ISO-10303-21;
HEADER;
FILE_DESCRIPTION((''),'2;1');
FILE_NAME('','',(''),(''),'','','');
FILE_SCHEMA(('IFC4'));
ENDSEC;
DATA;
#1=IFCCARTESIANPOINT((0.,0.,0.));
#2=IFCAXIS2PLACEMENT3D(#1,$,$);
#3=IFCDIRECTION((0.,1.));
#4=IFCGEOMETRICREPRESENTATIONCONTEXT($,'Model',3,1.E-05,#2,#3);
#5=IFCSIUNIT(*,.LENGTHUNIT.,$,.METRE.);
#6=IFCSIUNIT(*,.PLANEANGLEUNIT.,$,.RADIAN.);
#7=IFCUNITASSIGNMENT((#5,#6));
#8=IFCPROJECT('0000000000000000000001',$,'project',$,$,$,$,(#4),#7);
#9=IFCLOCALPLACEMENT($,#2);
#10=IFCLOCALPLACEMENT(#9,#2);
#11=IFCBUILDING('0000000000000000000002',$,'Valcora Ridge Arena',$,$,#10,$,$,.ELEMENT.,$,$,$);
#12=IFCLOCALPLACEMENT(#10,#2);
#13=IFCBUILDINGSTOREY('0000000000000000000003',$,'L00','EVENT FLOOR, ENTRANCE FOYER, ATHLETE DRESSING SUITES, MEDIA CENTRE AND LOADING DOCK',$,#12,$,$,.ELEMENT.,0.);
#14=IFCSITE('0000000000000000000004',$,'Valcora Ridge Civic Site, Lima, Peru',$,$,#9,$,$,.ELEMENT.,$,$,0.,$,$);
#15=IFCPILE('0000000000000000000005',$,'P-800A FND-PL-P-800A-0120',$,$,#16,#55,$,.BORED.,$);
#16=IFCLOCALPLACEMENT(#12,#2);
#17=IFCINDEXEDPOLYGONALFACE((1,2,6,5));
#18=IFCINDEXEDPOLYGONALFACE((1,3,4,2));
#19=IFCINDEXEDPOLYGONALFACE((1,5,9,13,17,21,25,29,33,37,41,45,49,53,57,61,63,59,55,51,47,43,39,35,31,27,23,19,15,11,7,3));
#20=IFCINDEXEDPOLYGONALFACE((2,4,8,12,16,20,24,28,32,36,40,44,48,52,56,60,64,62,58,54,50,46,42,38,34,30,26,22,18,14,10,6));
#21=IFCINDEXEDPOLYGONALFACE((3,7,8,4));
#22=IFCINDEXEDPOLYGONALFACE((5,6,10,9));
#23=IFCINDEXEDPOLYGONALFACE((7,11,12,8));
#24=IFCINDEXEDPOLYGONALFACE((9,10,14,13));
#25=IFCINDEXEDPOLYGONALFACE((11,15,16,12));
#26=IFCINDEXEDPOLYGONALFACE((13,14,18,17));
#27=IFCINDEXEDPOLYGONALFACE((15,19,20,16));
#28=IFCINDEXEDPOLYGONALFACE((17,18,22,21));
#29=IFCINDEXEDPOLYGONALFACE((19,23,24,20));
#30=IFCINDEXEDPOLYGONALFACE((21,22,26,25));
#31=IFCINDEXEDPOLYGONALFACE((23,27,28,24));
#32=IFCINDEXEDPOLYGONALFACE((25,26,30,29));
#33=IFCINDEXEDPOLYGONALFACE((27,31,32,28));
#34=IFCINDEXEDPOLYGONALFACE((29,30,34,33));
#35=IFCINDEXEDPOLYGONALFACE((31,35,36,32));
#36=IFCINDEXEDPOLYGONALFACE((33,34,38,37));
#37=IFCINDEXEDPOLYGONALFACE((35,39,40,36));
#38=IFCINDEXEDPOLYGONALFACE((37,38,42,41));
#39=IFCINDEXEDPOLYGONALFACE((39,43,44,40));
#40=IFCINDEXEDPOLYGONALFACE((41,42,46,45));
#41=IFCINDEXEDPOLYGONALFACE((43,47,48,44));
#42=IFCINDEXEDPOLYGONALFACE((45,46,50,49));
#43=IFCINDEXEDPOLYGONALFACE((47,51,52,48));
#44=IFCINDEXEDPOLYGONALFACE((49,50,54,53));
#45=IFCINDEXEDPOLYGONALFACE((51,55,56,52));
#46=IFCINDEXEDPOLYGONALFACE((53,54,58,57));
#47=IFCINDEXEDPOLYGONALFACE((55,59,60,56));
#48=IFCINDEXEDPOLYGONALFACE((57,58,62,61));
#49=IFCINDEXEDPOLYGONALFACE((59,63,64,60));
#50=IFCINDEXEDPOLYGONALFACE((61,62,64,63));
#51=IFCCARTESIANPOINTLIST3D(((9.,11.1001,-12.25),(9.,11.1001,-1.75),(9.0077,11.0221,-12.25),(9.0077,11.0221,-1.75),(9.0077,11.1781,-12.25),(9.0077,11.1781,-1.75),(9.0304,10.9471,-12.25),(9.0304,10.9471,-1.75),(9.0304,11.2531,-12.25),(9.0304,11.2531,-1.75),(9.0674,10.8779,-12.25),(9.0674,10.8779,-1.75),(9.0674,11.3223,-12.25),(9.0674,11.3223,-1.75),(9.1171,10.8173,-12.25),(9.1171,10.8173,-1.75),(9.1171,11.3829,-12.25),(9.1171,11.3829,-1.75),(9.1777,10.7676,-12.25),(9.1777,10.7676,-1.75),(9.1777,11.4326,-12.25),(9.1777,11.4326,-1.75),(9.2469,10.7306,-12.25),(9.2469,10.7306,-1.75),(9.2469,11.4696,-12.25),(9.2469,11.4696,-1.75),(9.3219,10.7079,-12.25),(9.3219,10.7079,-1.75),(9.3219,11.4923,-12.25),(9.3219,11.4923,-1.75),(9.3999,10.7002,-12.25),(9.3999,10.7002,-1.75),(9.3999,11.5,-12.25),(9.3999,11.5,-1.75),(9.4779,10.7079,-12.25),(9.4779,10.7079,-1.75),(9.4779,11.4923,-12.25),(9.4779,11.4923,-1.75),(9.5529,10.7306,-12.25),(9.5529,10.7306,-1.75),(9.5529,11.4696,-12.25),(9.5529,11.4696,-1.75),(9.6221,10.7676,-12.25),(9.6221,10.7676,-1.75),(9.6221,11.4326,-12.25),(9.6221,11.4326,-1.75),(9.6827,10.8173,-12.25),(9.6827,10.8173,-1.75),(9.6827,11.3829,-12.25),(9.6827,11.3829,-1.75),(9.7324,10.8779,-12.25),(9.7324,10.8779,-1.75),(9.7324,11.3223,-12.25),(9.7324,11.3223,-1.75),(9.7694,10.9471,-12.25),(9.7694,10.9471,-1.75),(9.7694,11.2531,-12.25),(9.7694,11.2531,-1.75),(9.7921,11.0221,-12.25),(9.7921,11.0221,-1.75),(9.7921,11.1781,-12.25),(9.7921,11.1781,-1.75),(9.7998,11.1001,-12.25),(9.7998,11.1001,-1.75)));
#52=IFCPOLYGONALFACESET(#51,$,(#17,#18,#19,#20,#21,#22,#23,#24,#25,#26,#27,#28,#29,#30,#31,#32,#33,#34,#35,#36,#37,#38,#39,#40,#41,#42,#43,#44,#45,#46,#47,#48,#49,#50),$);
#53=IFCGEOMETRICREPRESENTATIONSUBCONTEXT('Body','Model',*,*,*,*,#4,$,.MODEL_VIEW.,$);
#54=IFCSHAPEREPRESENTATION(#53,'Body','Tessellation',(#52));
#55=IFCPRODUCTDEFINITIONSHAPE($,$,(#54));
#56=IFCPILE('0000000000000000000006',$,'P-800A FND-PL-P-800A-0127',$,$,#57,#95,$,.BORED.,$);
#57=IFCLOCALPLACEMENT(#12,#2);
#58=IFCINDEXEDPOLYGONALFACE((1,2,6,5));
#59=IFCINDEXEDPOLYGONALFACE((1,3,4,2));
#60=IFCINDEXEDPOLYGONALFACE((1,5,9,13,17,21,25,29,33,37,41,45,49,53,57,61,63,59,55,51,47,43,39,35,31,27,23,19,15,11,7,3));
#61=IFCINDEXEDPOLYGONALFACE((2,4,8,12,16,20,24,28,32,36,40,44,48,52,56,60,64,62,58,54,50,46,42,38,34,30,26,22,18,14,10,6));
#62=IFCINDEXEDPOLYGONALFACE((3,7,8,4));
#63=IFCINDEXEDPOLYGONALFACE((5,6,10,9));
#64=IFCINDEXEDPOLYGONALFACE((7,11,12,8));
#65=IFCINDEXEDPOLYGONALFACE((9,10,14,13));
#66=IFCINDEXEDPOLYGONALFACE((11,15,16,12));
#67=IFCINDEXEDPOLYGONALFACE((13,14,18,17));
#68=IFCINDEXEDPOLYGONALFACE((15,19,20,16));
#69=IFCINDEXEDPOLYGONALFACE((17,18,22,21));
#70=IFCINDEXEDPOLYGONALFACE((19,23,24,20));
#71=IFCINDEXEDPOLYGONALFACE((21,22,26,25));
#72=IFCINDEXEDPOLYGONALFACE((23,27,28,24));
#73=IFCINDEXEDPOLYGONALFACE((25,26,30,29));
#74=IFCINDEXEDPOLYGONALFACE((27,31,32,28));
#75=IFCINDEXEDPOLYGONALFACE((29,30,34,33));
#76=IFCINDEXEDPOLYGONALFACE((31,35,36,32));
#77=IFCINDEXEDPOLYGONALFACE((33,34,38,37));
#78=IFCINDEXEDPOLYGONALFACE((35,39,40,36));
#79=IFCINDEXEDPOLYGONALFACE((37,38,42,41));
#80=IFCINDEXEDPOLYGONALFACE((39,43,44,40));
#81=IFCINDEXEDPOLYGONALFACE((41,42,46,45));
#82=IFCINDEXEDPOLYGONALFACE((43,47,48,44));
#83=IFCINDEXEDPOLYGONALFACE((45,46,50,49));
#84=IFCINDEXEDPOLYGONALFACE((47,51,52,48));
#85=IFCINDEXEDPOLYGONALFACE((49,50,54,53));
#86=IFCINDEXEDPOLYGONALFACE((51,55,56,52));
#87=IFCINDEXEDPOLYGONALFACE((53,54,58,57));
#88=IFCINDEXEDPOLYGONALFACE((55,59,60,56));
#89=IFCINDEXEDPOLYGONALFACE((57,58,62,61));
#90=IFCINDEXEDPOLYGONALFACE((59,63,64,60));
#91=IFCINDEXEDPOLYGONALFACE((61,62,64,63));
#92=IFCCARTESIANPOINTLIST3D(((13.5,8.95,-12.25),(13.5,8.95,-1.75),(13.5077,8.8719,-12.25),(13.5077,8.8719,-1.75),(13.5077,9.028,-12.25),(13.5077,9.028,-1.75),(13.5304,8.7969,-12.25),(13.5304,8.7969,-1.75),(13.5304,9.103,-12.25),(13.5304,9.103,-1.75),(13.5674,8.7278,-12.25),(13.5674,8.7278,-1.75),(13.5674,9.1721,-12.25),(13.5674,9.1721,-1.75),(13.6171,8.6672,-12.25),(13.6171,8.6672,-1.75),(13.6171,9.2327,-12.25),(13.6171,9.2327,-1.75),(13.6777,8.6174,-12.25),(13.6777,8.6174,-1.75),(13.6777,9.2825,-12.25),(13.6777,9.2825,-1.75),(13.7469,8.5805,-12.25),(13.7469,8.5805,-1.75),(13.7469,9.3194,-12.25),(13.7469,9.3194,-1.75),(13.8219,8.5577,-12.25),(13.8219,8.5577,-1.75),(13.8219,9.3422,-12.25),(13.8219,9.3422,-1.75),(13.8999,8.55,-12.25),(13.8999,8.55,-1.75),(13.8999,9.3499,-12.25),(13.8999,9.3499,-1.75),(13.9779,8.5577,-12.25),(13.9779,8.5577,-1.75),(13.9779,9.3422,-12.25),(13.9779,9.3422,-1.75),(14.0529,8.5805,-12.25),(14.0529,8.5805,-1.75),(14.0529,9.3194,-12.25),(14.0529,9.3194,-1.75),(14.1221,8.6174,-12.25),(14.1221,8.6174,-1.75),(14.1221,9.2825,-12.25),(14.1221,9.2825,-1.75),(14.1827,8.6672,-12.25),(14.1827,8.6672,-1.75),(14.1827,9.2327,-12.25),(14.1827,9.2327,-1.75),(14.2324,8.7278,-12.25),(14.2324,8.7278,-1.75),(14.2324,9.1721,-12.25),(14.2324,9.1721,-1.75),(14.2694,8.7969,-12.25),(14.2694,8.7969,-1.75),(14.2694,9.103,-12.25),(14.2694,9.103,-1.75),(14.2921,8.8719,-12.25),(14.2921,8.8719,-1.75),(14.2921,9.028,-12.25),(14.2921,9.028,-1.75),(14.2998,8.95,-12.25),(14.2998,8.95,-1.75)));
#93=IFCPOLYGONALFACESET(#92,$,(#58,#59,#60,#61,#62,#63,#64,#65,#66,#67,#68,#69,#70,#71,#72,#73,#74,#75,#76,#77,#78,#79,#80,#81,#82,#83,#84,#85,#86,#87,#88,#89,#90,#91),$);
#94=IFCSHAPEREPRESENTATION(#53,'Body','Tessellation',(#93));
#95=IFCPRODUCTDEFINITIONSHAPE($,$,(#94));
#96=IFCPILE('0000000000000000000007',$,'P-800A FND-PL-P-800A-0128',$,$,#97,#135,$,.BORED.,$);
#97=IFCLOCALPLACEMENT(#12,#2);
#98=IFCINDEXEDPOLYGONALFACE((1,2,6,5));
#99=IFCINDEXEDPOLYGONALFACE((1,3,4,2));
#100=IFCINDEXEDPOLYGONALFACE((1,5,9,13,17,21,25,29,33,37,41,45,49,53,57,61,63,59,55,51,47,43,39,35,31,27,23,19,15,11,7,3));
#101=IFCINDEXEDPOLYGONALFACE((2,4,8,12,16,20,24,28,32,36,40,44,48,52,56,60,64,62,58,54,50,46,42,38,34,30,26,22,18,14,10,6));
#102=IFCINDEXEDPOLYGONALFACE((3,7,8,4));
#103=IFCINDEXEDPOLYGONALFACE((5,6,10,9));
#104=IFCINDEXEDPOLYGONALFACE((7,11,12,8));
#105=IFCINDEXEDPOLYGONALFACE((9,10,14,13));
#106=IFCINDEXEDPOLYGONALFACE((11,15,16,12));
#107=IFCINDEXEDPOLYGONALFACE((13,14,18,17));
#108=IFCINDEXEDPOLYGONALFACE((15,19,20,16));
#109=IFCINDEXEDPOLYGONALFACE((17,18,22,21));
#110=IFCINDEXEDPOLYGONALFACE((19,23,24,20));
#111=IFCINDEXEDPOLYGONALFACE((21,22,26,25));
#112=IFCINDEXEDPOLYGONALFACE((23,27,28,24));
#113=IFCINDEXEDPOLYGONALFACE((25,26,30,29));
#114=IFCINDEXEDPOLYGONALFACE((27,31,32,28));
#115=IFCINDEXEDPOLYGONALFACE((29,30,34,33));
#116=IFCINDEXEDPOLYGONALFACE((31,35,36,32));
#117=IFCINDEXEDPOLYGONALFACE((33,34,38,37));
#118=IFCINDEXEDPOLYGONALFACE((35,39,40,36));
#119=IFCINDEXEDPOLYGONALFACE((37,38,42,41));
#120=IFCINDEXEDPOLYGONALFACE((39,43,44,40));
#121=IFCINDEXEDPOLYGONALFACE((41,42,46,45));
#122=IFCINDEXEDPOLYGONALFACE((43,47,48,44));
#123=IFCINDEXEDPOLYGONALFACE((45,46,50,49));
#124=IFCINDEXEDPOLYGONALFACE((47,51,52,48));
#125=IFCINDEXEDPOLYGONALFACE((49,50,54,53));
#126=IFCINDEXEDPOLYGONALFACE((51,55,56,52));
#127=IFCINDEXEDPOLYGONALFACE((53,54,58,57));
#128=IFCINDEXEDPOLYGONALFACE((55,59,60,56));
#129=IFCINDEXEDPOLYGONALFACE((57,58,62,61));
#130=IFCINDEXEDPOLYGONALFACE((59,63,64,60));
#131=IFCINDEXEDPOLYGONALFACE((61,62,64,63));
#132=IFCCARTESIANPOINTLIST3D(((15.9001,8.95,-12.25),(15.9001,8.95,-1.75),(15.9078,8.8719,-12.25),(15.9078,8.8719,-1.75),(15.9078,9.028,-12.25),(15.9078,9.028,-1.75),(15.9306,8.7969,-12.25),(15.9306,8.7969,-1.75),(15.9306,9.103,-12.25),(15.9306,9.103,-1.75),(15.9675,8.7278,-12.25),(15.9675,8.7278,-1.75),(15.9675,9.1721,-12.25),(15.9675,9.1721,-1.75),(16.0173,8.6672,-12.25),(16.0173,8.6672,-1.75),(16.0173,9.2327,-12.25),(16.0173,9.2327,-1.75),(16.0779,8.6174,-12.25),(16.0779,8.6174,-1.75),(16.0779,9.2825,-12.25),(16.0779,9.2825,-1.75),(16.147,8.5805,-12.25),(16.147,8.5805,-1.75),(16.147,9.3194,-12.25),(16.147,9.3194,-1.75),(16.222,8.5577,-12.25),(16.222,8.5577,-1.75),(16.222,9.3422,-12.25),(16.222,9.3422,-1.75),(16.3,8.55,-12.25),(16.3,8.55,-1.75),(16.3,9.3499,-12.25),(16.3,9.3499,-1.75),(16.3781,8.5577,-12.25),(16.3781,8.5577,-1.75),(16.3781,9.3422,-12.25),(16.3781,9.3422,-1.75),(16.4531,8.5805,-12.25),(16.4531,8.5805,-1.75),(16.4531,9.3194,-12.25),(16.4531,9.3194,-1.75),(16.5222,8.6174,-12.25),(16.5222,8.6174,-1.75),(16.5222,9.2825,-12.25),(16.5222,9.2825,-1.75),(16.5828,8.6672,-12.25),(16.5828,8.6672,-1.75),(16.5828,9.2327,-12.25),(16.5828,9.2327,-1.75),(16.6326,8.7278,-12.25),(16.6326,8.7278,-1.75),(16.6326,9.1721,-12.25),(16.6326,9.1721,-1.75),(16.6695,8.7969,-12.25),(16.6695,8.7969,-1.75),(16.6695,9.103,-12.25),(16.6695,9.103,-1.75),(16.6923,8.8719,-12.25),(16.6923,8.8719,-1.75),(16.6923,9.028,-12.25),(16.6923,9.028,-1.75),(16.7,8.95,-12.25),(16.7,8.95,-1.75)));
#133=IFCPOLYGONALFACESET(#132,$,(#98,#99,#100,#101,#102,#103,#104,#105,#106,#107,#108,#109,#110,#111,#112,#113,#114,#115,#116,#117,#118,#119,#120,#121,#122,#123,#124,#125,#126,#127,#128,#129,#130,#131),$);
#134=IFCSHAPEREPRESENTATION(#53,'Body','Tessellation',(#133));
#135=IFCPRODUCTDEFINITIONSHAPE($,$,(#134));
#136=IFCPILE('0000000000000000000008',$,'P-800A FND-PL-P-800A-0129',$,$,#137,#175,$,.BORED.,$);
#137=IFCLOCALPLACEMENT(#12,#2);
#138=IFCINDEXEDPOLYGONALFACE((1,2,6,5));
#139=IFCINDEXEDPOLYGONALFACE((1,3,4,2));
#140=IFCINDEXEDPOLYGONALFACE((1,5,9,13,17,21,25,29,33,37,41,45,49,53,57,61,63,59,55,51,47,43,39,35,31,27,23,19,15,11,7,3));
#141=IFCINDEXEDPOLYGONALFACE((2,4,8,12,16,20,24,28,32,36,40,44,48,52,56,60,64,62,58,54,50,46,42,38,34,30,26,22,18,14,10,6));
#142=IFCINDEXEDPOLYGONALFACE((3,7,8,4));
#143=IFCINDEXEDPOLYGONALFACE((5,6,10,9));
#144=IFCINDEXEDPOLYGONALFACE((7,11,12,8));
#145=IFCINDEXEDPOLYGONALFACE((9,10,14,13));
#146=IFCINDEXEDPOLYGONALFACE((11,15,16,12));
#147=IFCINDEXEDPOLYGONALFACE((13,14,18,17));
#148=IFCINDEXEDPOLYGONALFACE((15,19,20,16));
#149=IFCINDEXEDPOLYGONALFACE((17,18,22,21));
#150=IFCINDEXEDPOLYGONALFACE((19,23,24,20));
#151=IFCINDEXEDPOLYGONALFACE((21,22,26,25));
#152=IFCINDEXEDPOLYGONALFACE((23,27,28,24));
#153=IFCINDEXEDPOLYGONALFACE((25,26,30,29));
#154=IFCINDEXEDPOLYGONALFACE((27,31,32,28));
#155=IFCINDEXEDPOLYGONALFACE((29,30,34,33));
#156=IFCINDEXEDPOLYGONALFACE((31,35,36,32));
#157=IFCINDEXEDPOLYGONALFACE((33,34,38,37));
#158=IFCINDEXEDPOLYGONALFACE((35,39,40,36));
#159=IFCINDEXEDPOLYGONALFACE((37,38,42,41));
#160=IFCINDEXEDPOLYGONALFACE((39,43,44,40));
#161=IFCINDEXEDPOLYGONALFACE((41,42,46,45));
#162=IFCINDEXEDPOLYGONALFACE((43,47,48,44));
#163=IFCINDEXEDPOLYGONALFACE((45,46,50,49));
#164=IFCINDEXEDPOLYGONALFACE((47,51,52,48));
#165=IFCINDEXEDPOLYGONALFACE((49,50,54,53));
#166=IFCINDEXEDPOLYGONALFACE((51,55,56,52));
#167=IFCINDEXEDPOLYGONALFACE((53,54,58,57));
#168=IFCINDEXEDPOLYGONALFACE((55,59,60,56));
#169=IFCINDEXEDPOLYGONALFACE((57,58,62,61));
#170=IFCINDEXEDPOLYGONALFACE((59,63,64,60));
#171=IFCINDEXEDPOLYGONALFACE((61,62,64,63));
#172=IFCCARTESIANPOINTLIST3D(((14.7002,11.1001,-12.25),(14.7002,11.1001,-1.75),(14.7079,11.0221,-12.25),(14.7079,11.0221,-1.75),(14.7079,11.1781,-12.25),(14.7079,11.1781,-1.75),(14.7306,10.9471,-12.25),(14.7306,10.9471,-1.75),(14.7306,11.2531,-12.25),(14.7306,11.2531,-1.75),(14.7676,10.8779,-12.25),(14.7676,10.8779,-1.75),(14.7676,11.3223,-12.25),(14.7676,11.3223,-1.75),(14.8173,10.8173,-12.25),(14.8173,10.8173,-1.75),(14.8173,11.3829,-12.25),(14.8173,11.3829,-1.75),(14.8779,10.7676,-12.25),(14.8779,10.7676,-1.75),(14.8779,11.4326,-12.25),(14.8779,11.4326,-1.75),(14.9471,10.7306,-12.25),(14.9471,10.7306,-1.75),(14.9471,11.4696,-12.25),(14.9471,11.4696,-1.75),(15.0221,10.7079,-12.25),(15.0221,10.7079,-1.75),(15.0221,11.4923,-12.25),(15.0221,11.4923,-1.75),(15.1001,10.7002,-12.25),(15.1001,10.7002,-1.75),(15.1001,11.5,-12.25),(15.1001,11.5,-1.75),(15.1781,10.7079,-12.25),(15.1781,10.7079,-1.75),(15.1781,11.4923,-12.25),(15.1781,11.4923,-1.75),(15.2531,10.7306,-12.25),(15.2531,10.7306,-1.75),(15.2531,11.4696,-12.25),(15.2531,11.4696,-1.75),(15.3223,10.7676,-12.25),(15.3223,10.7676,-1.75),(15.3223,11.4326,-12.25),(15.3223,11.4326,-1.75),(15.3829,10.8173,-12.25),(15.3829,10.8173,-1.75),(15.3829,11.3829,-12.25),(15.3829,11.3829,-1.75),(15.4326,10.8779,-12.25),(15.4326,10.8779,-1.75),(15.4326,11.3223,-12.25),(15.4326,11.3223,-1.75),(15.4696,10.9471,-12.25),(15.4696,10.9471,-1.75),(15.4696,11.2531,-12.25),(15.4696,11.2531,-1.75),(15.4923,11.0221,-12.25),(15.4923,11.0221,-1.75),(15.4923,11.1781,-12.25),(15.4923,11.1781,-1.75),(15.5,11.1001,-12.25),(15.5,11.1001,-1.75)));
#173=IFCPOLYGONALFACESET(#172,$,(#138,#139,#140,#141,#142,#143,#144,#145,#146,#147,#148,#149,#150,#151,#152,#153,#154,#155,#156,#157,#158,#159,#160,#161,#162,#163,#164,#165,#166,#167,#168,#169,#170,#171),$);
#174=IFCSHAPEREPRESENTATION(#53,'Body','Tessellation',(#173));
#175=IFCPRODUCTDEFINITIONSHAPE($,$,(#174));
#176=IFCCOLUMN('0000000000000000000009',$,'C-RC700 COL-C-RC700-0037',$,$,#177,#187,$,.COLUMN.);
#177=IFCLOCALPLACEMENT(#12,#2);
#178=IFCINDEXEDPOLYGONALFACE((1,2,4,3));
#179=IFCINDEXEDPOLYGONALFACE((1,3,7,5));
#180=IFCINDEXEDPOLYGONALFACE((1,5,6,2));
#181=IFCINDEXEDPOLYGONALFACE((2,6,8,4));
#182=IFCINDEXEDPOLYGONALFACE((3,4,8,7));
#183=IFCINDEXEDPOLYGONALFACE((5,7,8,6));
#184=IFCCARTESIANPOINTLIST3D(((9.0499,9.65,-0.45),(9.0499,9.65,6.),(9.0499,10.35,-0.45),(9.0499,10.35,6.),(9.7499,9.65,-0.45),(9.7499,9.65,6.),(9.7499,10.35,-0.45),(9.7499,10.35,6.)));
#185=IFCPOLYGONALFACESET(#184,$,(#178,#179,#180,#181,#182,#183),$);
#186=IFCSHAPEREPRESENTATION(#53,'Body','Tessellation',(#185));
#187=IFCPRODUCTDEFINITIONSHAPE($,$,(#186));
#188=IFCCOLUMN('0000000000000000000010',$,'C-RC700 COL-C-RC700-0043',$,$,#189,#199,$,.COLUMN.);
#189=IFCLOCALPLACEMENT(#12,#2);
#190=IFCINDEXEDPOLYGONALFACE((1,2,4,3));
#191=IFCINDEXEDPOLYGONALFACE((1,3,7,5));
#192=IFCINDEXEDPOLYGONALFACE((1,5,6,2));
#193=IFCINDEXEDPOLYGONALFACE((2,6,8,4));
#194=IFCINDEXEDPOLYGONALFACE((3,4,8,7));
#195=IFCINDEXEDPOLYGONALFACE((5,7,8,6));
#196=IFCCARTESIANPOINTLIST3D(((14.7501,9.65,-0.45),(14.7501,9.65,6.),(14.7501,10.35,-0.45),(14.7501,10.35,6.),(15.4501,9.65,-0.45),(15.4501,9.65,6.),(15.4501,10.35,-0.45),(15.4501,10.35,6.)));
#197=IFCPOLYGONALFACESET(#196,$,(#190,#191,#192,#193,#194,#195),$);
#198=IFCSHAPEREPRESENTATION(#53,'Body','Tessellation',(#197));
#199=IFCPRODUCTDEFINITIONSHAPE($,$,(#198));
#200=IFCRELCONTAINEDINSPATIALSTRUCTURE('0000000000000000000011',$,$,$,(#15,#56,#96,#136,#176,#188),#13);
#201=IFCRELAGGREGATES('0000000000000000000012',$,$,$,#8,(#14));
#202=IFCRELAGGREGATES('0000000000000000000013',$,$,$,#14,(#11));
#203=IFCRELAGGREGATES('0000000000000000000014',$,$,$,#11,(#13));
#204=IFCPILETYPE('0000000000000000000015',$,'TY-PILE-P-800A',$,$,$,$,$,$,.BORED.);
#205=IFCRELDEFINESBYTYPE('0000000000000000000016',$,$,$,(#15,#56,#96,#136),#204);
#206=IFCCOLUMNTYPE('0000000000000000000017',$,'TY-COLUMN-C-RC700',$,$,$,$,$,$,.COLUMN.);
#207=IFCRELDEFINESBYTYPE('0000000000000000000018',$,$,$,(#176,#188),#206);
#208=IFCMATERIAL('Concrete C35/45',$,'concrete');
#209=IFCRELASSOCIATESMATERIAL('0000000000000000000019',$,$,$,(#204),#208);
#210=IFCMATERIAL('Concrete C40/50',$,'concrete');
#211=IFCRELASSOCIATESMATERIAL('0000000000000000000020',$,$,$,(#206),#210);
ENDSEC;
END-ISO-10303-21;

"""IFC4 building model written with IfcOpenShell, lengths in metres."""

from ifc_helpers import new_model, si_unit, direction, frame, origin, origin_2d, place, context, subcontext, project, spatial, rectangle, circle, extrude, material, material_profile, profile_set, type_object, element, save


model = new_model("IFC4")

# Units and contexts
model_context = context("Model", 3, precision=1e-05, world=origin(), true_north=direction((0.0, 1.0)))
body_context = subcontext(model_context, "Body", "Model", "MODEL_VIEW")
ifc_project = project(units=[si_unit("LENGTHUNIT", "METRE"), si_unit("PLANEANGLEUNIT", "RADIAN")], contexts=[model_context])

# Site, building, storey
site_placement = place(None, origin())
site = spatial("IfcSite", under=ifc_project, at=site_placement, Name="Valcora Ridge Civic Site, Lima, Peru", CompositionType="ELEMENT", RefElevation=0.0)
building_placement = place(site_placement, origin())
building = spatial("IfcBuilding", under=site, at=building_placement, Name="Valcora Ridge Arena", CompositionType="ELEMENT")
storey_placement = place(building_placement, origin())
storey = spatial("IfcBuildingStorey", under=building, at=storey_placement, Name="L00", Description="EVENT FLOOR, ENTRANCE FOYER, ATHLETE DRESSING SUITES, MEDIA CENTRE AND LOADING DOCK", CompositionType="ELEMENT", Elevation=0.0)

# Shared definitions
ifc_material_1 = material(Name="Concrete C40/50", Category="concrete")

# Piles
ifc_material_2 = material(Name="Concrete C35/45", Category="concrete")
ifc_material_profile_1 = material_profile(ifc_material_2, circle(Radius=0.3999, at=origin_2d()), Name="BORED PILE D800")
ifc_profile_set_1 = profile_set([ifc_material_profile_1], Name="Concrete C35/45")
pile_type = type_object("IfcPileType", Name="TY-PILE-P-800A", PredefinedType="BORED", material=ifc_profile_set_1)
for number, where, z_axis, x_axis, name in (
    (1, (9.3999, 11.1001, -1.75), (0.0, 0.0, -1.0), (1.0, 0.0, 0.0), "P-800A FND-PL-P-800A-0120"),
    (2, (13.8999, 8.95, -1.75), (0.0, 0.0, -1.0), (1.0, 0.0, 0.0), "P-800A FND-PL-P-800A-0127"),
    (3, (16.3, 8.95, -1.75), (0.0, 0.0, -1.0), (1.0, 0.0, 0.0), "P-800A FND-PL-P-800A-0128"),
    (4, (15.1001, 11.1001, -1.75), (0.0, 0.0, -1.0), (1.0, 0.0, 0.0), "P-800A FND-PL-P-800A-0129"),
):
    element("IfcPile", number, at=place(storey_placement, frame(where, z_axis=z_axis, x_axis=x_axis)), inside=storey, type_object=pile_type, Name=name, PredefinedType="BORED", context=body_context, shape_type="SweptSolid", body=[
        extrude(circle(Radius=0.3999, at=origin_2d()), origin(), (0.0, 0.0, 1.0), 10.5),
    ])

# Columns
ifc_material_profile_2 = material_profile(ifc_material_1, rectangle(XDim=0.7, YDim=0.7, at=origin_2d()), Name="RC 700x700")
ifc_profile_set_2 = profile_set([ifc_material_profile_2], Name="Concrete C40/50")
column_type = type_object("IfcColumnType", Name="TY-COLUMN-C-RC700", PredefinedType="COLUMN", material=ifc_profile_set_2)
for number, where, z_axis, x_axis, name in (
    (5, (9.3999, 10.0, -0.45), (0.0, 0.0, 1.0), (1.0, 0.0, 0.0), "C-RC700 COL-C-RC700-0037"),
    (6, (15.1001, 10.0, -0.45), (0.0, 0.0, 1.0), (1.0, 0.0, 0.0), "C-RC700 COL-C-RC700-0043"),
):
    element("IfcColumn", number, at=place(storey_placement, frame(where, z_axis=z_axis, x_axis=x_axis)), inside=storey, type_object=column_type, Name=name, PredefinedType="COLUMN", context=body_context, shape_type="SweptSolid", body=[
        extrude(rectangle(XDim=0.7, YDim=0.7, at=origin_2d()), origin(), (0.0, 0.0, 1.0), 6.45),
    ])

save(model, "model.ifc")
